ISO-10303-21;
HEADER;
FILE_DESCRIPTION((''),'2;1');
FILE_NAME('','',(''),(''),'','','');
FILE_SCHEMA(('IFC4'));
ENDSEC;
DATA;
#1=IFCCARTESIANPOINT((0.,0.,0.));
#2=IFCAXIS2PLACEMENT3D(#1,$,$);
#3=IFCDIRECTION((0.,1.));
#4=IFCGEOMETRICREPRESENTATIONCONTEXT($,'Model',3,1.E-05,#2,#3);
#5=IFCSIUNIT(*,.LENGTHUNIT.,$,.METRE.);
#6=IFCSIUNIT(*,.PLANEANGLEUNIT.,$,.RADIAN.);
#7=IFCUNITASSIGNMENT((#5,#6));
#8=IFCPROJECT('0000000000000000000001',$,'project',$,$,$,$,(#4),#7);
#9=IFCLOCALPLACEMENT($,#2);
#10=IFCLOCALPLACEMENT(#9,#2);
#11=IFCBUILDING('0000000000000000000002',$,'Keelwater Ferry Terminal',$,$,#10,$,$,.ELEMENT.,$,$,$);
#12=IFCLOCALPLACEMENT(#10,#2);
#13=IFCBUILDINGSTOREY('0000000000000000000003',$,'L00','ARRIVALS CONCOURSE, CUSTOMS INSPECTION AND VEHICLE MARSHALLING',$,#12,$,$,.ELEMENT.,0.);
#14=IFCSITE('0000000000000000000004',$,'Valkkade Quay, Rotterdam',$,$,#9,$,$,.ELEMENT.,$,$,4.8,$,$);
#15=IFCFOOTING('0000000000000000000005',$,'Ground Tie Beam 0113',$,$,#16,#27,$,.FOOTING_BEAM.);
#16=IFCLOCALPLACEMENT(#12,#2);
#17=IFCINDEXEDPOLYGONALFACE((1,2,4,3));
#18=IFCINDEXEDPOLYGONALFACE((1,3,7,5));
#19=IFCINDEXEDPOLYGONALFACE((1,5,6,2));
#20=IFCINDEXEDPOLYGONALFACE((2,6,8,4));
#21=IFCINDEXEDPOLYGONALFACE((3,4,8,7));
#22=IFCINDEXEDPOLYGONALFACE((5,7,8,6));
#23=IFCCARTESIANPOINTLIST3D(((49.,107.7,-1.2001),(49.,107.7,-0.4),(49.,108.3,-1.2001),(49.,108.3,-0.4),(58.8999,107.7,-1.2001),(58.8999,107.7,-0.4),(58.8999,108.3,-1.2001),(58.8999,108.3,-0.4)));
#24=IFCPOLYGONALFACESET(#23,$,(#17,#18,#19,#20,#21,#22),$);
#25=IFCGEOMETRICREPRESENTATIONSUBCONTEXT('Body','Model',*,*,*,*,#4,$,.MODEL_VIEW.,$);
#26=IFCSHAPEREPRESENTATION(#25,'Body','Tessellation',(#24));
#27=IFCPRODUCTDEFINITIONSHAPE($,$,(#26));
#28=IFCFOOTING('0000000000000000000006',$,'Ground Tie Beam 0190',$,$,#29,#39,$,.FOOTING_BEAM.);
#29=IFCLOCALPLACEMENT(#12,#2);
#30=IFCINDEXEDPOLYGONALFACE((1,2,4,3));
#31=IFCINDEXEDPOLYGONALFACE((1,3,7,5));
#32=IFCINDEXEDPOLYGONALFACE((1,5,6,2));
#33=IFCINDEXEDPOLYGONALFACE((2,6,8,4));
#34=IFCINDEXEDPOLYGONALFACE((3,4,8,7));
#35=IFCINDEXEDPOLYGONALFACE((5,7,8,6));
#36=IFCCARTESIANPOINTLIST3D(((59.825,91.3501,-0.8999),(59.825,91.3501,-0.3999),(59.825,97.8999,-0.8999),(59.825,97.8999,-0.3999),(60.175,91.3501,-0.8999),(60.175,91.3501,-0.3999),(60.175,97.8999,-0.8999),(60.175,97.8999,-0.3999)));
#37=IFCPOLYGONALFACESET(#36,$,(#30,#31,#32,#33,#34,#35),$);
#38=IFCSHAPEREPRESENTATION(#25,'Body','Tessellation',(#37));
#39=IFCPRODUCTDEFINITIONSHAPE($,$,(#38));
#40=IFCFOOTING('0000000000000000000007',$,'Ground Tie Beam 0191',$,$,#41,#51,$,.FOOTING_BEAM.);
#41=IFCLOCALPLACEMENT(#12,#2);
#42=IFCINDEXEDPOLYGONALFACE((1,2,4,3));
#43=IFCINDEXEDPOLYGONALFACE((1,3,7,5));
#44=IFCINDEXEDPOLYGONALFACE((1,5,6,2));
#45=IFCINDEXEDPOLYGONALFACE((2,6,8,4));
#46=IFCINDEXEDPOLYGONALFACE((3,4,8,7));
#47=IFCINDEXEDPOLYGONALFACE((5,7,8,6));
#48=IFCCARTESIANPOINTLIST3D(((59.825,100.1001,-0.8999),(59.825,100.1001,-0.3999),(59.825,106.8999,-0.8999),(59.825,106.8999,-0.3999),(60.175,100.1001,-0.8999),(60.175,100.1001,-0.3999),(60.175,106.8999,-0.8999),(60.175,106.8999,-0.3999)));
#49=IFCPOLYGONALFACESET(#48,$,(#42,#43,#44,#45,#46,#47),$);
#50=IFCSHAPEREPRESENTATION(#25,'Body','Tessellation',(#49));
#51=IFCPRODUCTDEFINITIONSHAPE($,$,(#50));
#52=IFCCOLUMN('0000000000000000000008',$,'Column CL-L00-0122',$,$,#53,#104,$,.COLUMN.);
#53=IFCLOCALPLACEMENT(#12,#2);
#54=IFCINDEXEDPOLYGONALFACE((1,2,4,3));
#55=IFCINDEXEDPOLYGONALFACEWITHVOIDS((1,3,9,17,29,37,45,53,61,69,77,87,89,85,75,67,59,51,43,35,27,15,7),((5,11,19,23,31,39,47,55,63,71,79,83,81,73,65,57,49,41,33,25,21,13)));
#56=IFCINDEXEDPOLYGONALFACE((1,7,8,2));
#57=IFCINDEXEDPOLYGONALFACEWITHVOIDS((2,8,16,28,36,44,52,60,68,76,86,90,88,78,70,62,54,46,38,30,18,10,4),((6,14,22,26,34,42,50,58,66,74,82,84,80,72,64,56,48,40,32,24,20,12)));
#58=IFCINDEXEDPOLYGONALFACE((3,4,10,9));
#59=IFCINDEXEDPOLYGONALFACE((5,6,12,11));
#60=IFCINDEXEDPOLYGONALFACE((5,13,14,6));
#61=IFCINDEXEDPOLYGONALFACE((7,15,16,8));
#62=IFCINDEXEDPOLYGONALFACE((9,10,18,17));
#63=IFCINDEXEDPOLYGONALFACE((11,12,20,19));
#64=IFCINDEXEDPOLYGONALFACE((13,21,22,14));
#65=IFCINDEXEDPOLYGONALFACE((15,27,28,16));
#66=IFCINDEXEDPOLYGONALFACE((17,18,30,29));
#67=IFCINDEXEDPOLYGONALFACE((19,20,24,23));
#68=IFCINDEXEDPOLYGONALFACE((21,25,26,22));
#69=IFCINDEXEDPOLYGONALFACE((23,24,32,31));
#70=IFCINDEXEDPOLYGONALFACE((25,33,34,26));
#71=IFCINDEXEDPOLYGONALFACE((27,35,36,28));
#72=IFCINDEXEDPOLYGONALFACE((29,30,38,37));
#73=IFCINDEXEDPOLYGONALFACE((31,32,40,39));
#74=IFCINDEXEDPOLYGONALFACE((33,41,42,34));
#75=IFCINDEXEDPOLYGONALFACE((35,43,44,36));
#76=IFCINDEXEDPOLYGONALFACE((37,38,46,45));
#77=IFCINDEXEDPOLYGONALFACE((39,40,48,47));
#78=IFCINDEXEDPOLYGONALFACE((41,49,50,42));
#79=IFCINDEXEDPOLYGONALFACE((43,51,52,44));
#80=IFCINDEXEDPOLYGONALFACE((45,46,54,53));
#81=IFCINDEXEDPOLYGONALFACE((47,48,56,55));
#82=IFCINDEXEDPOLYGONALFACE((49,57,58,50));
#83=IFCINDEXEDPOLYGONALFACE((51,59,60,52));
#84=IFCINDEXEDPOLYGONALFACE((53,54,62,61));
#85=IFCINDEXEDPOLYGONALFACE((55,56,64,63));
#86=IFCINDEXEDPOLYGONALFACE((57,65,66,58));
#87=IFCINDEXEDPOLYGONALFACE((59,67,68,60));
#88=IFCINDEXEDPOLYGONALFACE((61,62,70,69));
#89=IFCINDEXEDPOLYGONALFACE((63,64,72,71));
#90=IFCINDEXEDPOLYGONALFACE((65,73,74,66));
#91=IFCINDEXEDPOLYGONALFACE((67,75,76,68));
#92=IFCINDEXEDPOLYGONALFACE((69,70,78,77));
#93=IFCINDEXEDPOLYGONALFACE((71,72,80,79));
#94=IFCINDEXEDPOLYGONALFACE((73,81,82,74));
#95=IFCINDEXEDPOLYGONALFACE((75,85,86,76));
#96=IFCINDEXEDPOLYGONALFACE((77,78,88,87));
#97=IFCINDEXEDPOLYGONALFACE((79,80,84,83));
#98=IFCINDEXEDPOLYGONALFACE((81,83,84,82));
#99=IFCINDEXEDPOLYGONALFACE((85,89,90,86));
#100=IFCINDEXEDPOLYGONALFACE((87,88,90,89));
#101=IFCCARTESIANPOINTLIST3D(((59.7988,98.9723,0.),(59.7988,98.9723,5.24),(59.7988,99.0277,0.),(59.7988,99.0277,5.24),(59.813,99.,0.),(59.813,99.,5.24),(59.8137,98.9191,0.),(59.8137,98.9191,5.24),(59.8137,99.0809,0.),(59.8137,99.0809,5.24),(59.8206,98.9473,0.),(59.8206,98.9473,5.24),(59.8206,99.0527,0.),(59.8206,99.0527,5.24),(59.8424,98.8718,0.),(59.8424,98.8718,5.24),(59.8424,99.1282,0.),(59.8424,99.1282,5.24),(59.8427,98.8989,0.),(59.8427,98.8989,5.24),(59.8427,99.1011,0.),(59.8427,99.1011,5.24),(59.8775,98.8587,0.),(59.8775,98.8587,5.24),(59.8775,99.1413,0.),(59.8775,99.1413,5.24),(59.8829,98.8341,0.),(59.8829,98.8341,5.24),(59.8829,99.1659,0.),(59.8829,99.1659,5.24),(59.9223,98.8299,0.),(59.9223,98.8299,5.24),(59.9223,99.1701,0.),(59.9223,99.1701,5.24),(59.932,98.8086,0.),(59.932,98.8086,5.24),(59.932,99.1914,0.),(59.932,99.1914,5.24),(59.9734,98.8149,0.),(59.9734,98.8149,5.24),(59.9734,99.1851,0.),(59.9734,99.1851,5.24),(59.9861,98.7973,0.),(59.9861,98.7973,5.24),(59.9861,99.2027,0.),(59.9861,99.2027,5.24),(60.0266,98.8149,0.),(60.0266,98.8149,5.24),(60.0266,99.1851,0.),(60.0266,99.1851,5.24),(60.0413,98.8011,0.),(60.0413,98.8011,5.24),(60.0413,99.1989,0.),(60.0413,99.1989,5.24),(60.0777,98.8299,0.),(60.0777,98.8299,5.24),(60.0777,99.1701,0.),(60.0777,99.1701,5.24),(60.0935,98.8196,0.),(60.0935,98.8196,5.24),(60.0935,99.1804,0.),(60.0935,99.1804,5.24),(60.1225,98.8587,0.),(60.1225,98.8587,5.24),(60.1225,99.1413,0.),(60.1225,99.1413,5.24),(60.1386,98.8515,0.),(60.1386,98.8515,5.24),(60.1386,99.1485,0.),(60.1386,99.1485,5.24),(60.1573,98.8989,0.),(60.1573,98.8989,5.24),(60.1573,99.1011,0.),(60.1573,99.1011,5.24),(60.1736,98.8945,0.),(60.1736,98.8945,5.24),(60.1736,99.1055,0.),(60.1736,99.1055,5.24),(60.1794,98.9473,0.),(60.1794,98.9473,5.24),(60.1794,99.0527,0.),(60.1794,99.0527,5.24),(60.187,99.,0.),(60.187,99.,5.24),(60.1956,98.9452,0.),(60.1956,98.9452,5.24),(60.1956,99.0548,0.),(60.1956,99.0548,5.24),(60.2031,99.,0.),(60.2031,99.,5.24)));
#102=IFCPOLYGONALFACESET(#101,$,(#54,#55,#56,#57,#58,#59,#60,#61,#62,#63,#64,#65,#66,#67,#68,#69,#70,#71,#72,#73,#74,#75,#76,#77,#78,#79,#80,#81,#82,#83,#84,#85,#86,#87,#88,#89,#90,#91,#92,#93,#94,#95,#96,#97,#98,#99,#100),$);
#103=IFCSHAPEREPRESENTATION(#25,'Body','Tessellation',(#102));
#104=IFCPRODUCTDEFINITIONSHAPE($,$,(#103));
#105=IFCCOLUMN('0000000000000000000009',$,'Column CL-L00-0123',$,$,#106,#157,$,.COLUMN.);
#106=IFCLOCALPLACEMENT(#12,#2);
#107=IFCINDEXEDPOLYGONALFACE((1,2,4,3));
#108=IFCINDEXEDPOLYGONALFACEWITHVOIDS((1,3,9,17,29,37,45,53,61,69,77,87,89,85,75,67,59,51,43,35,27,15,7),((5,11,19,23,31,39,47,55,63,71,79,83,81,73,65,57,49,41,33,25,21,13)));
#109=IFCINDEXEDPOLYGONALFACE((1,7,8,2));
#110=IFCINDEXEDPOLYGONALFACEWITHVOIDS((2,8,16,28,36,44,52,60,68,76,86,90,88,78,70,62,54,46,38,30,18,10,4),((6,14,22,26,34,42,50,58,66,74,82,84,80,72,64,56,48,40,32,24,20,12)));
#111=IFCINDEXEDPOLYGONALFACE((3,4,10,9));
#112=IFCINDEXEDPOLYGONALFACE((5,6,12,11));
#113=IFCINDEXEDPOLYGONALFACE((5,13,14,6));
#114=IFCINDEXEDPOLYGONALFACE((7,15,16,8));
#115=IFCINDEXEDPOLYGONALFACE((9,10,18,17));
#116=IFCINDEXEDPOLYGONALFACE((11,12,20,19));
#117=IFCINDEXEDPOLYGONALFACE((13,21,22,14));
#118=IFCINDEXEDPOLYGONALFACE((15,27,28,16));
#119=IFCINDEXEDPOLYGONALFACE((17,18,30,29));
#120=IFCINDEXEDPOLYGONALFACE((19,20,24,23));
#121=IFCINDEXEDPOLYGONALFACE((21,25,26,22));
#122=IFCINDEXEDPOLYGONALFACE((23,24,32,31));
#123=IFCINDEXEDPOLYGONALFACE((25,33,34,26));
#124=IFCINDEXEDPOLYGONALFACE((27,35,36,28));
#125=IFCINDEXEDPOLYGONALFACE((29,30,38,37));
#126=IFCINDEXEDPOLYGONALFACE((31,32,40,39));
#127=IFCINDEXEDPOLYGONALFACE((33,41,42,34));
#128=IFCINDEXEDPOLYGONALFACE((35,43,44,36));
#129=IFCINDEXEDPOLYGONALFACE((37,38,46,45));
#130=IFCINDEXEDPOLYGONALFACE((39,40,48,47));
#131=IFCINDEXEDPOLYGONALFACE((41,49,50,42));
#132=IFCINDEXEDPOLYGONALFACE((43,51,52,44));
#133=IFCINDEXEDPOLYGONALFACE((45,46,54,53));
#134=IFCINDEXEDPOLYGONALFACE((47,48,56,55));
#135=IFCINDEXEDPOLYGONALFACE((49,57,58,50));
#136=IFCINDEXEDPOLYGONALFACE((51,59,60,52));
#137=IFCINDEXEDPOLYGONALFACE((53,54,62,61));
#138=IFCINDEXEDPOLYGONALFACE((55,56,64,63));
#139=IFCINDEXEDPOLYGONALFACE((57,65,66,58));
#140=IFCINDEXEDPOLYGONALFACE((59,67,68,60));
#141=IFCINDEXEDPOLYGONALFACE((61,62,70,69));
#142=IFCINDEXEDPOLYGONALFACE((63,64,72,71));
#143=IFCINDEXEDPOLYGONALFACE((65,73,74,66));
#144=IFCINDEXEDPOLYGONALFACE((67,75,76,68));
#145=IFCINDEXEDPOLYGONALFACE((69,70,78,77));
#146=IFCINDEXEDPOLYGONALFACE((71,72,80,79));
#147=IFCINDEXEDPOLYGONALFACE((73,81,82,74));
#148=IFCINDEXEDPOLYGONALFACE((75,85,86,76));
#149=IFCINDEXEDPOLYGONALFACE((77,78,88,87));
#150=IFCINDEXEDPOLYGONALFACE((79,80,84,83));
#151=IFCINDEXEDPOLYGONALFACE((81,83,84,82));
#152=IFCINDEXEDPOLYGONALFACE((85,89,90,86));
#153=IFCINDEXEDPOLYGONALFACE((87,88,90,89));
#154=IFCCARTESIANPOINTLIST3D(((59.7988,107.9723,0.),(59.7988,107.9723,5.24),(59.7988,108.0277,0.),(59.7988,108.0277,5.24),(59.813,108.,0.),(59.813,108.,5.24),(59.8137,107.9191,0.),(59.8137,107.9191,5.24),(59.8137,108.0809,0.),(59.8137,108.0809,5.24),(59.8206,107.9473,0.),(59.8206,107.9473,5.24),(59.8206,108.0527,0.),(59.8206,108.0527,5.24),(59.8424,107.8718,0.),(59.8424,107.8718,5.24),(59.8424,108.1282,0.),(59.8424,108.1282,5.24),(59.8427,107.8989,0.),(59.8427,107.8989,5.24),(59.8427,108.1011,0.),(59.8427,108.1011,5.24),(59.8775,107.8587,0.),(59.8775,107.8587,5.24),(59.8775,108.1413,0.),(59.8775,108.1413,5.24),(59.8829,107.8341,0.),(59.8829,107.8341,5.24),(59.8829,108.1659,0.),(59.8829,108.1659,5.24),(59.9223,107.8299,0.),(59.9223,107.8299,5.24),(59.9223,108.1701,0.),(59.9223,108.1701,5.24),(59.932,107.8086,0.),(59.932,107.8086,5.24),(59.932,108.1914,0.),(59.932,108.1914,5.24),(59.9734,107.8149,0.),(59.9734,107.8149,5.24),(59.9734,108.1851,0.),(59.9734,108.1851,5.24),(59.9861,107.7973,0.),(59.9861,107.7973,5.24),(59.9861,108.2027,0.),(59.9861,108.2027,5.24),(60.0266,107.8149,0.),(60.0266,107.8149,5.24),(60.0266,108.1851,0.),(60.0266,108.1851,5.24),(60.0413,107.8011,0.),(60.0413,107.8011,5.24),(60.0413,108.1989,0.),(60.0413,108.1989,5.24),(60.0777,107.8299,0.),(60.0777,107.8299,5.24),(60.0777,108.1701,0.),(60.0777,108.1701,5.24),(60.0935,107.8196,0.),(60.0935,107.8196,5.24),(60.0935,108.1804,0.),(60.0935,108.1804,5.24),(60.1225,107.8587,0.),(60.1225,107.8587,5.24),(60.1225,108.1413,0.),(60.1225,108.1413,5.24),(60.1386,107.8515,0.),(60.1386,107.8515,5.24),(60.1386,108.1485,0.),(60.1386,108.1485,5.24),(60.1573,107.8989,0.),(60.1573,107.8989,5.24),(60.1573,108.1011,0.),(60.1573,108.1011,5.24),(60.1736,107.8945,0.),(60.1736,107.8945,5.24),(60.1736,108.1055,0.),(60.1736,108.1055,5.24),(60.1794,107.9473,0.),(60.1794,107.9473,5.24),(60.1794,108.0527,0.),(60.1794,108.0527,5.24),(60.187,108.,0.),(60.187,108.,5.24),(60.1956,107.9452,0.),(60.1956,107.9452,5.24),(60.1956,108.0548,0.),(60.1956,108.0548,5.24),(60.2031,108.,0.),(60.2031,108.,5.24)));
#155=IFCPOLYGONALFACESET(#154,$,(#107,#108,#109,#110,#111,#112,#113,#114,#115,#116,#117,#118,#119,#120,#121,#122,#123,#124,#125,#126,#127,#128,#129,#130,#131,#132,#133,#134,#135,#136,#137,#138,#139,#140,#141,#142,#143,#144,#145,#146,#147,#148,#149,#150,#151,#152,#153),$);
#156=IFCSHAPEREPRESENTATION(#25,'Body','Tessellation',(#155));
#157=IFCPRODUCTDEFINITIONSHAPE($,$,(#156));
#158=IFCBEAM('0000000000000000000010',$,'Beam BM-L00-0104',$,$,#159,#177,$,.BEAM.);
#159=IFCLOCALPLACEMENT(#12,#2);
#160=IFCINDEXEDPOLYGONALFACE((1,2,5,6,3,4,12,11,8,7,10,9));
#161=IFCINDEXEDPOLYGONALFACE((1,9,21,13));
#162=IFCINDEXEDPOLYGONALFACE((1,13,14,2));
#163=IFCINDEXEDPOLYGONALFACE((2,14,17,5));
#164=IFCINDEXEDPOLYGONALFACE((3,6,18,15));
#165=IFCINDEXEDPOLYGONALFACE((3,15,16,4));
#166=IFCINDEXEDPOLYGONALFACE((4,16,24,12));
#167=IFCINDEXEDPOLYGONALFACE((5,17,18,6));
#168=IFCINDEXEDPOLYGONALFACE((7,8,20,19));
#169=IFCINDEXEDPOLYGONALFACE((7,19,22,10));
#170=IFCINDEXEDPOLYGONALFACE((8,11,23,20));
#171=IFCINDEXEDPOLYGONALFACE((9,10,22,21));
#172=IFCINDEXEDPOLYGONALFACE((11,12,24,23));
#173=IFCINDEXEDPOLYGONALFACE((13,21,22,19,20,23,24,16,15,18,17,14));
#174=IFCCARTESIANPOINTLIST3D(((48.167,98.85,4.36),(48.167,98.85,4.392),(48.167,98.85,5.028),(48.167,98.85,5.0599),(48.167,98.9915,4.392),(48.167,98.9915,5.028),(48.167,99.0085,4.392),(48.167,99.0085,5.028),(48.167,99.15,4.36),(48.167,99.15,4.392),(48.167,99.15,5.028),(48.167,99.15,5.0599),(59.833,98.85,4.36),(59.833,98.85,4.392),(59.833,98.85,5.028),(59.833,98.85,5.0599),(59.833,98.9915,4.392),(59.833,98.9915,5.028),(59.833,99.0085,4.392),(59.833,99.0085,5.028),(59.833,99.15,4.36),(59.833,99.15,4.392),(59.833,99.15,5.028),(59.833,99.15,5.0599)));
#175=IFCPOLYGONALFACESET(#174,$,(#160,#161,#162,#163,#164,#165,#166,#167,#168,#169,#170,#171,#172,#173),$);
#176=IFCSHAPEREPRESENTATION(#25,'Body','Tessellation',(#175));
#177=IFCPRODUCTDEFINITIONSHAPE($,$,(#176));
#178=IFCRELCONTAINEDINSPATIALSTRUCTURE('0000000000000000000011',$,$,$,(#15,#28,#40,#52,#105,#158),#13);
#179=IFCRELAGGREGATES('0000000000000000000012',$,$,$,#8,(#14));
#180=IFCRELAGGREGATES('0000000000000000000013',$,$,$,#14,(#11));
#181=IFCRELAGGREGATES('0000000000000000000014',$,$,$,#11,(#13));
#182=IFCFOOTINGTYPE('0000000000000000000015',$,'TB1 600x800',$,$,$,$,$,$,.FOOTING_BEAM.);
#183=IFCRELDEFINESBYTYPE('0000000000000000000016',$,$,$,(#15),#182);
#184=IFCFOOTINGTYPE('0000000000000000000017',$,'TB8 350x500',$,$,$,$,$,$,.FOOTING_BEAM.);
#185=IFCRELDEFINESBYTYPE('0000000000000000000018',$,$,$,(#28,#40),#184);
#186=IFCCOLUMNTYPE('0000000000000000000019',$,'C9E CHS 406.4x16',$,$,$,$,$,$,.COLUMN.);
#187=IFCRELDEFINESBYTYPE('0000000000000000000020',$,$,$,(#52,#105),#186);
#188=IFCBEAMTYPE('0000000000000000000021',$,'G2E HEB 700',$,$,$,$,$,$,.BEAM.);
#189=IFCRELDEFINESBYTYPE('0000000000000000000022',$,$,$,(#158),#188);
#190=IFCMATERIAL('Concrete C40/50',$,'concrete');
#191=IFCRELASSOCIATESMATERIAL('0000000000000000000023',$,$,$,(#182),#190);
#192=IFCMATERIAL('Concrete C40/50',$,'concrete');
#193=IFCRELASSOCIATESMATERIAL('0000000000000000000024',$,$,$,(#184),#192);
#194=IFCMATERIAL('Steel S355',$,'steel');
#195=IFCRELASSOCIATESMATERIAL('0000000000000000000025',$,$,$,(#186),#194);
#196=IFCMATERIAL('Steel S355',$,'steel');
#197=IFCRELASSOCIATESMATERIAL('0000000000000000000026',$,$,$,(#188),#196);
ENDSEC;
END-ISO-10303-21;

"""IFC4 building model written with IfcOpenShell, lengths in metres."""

from ifc_helpers import new_model, si_unit, direction, frame, origin, origin_2d, place, context, subcontext, project, spatial, rectangle, hollow_circle, i_section, extrude, material, material_profile, profile_set, type_object, element, save


model = new_model("IFC4")

# Units and contexts
model_context = context("Model", 3, precision=1e-05, world=origin(), true_north=direction((0.0, 1.0)))
body_context = subcontext(model_context, "Body", "Model", "MODEL_VIEW")
ifc_project = project(units=[si_unit("LENGTHUNIT", "METRE"), si_unit("PLANEANGLEUNIT", "RADIAN")], contexts=[model_context])

# Site, building, storey
site_placement = place(None, origin())
site = spatial("IfcSite", under=ifc_project, at=site_placement, Name="Valkkade Quay, Rotterdam", CompositionType="ELEMENT", RefElevation=4.8)
building_placement = place(site_placement, origin())
building = spatial("IfcBuilding", under=site, at=building_placement, Name="Keelwater Ferry Terminal", CompositionType="ELEMENT")
storey_placement = place(building_placement, origin())
storey = spatial("IfcBuildingStorey", under=building, at=storey_placement, Name="L00", Description="ARRIVALS CONCOURSE, CUSTOMS INSPECTION AND VEHICLE MARSHALLING", CompositionType="ELEMENT", Elevation=0.0)

# Footings
ifc_material_1 = material(Name="Concrete C40/50", Category="concrete")
ifc_material_profile_1 = material_profile(ifc_material_1, rectangle(XDim=0.6001, YDim=0.8, at=origin_2d()), Name="TB 600x800")
ifc_profile_set_1 = profile_set([ifc_material_profile_1], Name="Concrete C40/50")
footing_type_1 = type_object("IfcFootingType", Name="TB1 600x800", PredefinedType="FOOTING_BEAM", material=ifc_profile_set_1)
for number, where, z_axis, x_axis, name in (
    (1, (49.0, 108.0, -0.8), (1.0, 0.0, 0.0), (0.0, 1.0, 0.0), "Ground Tie Beam 0113"),
):
    element("IfcFooting", number, at=place(storey_placement, frame(where, z_axis=z_axis, x_axis=x_axis)), inside=storey, type_object=footing_type_1, Name=name, PredefinedType="FOOTING_BEAM", context=body_context, shape_type="SweptSolid", body=[
        extrude(rectangle(XDim=0.6001, YDim=0.8, at=origin_2d()), origin(), (0.0, 0.0, 1.0), 9.8999),
    ])
ifc_material_2 = material(Name="Concrete C40/50", Category="concrete")
ifc_material_profile_2 = material_profile(ifc_material_2, rectangle(XDim=0.3501, YDim=0.5, at=origin_2d()), Name="TB 350x500")
ifc_profile_set_2 = profile_set([ifc_material_profile_2], Name="Concrete C40/50")
footing_type_2 = type_object("IfcFootingType", Name="TB8 350x500", PredefinedType="FOOTING_BEAM", material=ifc_profile_set_2)
footing_1_placement = place(storey_placement, frame((60.0, 91.3501, -0.6499), z_axis=(0.0, 1.0, 0.0), x_axis=(-1.0, 0.0, 0.0)))
element("IfcFooting", 2, at=footing_1_placement, inside=storey, type_object=footing_type_2, Name="Ground Tie Beam 0190", PredefinedType="FOOTING_BEAM", context=body_context, shape_type="SweptSolid", body=[
    extrude(rectangle(XDim=0.3501, YDim=0.5, at=origin_2d()), origin(), (0.0, 0.0, 1.0), 6.5498),
])
footing_2_placement = place(storey_placement, frame((60.0, 100.1001, -0.6499), z_axis=(0.0, 1.0, 0.0), x_axis=(-1.0, 0.0, 0.0)))
element("IfcFooting", 3, at=footing_2_placement, inside=storey, type_object=footing_type_2, Name="Ground Tie Beam 0191", PredefinedType="FOOTING_BEAM", context=body_context, shape_type="SweptSolid", body=[
    extrude(rectangle(XDim=0.3501, YDim=0.5, at=origin_2d()), origin(), (0.0, 0.0, 1.0), 6.7998),
])

# Columns
ifc_material_3 = material(Name="Steel S355", Category="steel")
ifc_material_profile_3 = material_profile(ifc_material_3, hollow_circle(Radius=0.2031, WallThickness=0.0161, at=origin_2d()), Name="CHS 406.4x16")
ifc_profile_set_3 = profile_set([ifc_material_profile_3], Name="Steel S355")
column_type = type_object("IfcColumnType", Name="C9E CHS 406.4x16", PredefinedType="COLUMN", material=ifc_profile_set_3)
for number, where, z_axis, x_axis, name in (
    (4, (60.0, 99.0, 0.0), (0.0, 0.0, 1.0), (1.0, 0.0, 0.0), "Column CL-L00-0122"),
    (5, (60.0, 108.0, 0.0), (0.0, 0.0, 1.0), (1.0, 0.0, 0.0), "Column CL-L00-0123"),
):
    element("IfcColumn", number, at=place(storey_placement, frame(where, z_axis=z_axis, x_axis=x_axis)), inside=storey, type_object=column_type, Name=name, PredefinedType="COLUMN", context=body_context, shape_type="SweptSolid", body=[
        extrude(hollow_circle(Radius=0.2031, WallThickness=0.0161, at=origin_2d()), origin(), (0.0, 0.0, 1.0), 5.24),
    ])

# Beam
ifc_material_4 = material(Name="Steel S355", Category="steel")
ifc_material_profile_4 = material_profile(ifc_material_4, i_section(OverallWidth=0.3, OverallDepth=0.7, WebThickness=0.0171, FlangeThickness=0.032, at=origin_2d()), Name="HEB 700")
ifc_profile_set_4 = profile_set([ifc_material_profile_4], Name="Steel S355")
beam_type_1 = type_object("IfcBeamType", Name="G2E HEB 700", PredefinedType="BEAM", material=ifc_profile_set_4)
for number, where, z_axis, x_axis, name in (
    (6, (48.167, 99.0, 4.71), (1.0, 0.0, 0.0), (0.0, 1.0, 0.0), "Beam BM-L00-0104"),
):
    element("IfcBeam", number, at=place(storey_placement, frame(where, z_axis=z_axis, x_axis=x_axis)), inside=storey, type_object=beam_type_1, Name=name, PredefinedType="BEAM", context=body_context, shape_type="SweptSolid", body=[
        extrude(i_section(OverallWidth=0.3, OverallDepth=0.7, WebThickness=0.0171, FlangeThickness=0.032, at=origin_2d()), origin(), (0.0, 0.0, 1.0), 11.666),
    ])

save(model, "model.ifc")
